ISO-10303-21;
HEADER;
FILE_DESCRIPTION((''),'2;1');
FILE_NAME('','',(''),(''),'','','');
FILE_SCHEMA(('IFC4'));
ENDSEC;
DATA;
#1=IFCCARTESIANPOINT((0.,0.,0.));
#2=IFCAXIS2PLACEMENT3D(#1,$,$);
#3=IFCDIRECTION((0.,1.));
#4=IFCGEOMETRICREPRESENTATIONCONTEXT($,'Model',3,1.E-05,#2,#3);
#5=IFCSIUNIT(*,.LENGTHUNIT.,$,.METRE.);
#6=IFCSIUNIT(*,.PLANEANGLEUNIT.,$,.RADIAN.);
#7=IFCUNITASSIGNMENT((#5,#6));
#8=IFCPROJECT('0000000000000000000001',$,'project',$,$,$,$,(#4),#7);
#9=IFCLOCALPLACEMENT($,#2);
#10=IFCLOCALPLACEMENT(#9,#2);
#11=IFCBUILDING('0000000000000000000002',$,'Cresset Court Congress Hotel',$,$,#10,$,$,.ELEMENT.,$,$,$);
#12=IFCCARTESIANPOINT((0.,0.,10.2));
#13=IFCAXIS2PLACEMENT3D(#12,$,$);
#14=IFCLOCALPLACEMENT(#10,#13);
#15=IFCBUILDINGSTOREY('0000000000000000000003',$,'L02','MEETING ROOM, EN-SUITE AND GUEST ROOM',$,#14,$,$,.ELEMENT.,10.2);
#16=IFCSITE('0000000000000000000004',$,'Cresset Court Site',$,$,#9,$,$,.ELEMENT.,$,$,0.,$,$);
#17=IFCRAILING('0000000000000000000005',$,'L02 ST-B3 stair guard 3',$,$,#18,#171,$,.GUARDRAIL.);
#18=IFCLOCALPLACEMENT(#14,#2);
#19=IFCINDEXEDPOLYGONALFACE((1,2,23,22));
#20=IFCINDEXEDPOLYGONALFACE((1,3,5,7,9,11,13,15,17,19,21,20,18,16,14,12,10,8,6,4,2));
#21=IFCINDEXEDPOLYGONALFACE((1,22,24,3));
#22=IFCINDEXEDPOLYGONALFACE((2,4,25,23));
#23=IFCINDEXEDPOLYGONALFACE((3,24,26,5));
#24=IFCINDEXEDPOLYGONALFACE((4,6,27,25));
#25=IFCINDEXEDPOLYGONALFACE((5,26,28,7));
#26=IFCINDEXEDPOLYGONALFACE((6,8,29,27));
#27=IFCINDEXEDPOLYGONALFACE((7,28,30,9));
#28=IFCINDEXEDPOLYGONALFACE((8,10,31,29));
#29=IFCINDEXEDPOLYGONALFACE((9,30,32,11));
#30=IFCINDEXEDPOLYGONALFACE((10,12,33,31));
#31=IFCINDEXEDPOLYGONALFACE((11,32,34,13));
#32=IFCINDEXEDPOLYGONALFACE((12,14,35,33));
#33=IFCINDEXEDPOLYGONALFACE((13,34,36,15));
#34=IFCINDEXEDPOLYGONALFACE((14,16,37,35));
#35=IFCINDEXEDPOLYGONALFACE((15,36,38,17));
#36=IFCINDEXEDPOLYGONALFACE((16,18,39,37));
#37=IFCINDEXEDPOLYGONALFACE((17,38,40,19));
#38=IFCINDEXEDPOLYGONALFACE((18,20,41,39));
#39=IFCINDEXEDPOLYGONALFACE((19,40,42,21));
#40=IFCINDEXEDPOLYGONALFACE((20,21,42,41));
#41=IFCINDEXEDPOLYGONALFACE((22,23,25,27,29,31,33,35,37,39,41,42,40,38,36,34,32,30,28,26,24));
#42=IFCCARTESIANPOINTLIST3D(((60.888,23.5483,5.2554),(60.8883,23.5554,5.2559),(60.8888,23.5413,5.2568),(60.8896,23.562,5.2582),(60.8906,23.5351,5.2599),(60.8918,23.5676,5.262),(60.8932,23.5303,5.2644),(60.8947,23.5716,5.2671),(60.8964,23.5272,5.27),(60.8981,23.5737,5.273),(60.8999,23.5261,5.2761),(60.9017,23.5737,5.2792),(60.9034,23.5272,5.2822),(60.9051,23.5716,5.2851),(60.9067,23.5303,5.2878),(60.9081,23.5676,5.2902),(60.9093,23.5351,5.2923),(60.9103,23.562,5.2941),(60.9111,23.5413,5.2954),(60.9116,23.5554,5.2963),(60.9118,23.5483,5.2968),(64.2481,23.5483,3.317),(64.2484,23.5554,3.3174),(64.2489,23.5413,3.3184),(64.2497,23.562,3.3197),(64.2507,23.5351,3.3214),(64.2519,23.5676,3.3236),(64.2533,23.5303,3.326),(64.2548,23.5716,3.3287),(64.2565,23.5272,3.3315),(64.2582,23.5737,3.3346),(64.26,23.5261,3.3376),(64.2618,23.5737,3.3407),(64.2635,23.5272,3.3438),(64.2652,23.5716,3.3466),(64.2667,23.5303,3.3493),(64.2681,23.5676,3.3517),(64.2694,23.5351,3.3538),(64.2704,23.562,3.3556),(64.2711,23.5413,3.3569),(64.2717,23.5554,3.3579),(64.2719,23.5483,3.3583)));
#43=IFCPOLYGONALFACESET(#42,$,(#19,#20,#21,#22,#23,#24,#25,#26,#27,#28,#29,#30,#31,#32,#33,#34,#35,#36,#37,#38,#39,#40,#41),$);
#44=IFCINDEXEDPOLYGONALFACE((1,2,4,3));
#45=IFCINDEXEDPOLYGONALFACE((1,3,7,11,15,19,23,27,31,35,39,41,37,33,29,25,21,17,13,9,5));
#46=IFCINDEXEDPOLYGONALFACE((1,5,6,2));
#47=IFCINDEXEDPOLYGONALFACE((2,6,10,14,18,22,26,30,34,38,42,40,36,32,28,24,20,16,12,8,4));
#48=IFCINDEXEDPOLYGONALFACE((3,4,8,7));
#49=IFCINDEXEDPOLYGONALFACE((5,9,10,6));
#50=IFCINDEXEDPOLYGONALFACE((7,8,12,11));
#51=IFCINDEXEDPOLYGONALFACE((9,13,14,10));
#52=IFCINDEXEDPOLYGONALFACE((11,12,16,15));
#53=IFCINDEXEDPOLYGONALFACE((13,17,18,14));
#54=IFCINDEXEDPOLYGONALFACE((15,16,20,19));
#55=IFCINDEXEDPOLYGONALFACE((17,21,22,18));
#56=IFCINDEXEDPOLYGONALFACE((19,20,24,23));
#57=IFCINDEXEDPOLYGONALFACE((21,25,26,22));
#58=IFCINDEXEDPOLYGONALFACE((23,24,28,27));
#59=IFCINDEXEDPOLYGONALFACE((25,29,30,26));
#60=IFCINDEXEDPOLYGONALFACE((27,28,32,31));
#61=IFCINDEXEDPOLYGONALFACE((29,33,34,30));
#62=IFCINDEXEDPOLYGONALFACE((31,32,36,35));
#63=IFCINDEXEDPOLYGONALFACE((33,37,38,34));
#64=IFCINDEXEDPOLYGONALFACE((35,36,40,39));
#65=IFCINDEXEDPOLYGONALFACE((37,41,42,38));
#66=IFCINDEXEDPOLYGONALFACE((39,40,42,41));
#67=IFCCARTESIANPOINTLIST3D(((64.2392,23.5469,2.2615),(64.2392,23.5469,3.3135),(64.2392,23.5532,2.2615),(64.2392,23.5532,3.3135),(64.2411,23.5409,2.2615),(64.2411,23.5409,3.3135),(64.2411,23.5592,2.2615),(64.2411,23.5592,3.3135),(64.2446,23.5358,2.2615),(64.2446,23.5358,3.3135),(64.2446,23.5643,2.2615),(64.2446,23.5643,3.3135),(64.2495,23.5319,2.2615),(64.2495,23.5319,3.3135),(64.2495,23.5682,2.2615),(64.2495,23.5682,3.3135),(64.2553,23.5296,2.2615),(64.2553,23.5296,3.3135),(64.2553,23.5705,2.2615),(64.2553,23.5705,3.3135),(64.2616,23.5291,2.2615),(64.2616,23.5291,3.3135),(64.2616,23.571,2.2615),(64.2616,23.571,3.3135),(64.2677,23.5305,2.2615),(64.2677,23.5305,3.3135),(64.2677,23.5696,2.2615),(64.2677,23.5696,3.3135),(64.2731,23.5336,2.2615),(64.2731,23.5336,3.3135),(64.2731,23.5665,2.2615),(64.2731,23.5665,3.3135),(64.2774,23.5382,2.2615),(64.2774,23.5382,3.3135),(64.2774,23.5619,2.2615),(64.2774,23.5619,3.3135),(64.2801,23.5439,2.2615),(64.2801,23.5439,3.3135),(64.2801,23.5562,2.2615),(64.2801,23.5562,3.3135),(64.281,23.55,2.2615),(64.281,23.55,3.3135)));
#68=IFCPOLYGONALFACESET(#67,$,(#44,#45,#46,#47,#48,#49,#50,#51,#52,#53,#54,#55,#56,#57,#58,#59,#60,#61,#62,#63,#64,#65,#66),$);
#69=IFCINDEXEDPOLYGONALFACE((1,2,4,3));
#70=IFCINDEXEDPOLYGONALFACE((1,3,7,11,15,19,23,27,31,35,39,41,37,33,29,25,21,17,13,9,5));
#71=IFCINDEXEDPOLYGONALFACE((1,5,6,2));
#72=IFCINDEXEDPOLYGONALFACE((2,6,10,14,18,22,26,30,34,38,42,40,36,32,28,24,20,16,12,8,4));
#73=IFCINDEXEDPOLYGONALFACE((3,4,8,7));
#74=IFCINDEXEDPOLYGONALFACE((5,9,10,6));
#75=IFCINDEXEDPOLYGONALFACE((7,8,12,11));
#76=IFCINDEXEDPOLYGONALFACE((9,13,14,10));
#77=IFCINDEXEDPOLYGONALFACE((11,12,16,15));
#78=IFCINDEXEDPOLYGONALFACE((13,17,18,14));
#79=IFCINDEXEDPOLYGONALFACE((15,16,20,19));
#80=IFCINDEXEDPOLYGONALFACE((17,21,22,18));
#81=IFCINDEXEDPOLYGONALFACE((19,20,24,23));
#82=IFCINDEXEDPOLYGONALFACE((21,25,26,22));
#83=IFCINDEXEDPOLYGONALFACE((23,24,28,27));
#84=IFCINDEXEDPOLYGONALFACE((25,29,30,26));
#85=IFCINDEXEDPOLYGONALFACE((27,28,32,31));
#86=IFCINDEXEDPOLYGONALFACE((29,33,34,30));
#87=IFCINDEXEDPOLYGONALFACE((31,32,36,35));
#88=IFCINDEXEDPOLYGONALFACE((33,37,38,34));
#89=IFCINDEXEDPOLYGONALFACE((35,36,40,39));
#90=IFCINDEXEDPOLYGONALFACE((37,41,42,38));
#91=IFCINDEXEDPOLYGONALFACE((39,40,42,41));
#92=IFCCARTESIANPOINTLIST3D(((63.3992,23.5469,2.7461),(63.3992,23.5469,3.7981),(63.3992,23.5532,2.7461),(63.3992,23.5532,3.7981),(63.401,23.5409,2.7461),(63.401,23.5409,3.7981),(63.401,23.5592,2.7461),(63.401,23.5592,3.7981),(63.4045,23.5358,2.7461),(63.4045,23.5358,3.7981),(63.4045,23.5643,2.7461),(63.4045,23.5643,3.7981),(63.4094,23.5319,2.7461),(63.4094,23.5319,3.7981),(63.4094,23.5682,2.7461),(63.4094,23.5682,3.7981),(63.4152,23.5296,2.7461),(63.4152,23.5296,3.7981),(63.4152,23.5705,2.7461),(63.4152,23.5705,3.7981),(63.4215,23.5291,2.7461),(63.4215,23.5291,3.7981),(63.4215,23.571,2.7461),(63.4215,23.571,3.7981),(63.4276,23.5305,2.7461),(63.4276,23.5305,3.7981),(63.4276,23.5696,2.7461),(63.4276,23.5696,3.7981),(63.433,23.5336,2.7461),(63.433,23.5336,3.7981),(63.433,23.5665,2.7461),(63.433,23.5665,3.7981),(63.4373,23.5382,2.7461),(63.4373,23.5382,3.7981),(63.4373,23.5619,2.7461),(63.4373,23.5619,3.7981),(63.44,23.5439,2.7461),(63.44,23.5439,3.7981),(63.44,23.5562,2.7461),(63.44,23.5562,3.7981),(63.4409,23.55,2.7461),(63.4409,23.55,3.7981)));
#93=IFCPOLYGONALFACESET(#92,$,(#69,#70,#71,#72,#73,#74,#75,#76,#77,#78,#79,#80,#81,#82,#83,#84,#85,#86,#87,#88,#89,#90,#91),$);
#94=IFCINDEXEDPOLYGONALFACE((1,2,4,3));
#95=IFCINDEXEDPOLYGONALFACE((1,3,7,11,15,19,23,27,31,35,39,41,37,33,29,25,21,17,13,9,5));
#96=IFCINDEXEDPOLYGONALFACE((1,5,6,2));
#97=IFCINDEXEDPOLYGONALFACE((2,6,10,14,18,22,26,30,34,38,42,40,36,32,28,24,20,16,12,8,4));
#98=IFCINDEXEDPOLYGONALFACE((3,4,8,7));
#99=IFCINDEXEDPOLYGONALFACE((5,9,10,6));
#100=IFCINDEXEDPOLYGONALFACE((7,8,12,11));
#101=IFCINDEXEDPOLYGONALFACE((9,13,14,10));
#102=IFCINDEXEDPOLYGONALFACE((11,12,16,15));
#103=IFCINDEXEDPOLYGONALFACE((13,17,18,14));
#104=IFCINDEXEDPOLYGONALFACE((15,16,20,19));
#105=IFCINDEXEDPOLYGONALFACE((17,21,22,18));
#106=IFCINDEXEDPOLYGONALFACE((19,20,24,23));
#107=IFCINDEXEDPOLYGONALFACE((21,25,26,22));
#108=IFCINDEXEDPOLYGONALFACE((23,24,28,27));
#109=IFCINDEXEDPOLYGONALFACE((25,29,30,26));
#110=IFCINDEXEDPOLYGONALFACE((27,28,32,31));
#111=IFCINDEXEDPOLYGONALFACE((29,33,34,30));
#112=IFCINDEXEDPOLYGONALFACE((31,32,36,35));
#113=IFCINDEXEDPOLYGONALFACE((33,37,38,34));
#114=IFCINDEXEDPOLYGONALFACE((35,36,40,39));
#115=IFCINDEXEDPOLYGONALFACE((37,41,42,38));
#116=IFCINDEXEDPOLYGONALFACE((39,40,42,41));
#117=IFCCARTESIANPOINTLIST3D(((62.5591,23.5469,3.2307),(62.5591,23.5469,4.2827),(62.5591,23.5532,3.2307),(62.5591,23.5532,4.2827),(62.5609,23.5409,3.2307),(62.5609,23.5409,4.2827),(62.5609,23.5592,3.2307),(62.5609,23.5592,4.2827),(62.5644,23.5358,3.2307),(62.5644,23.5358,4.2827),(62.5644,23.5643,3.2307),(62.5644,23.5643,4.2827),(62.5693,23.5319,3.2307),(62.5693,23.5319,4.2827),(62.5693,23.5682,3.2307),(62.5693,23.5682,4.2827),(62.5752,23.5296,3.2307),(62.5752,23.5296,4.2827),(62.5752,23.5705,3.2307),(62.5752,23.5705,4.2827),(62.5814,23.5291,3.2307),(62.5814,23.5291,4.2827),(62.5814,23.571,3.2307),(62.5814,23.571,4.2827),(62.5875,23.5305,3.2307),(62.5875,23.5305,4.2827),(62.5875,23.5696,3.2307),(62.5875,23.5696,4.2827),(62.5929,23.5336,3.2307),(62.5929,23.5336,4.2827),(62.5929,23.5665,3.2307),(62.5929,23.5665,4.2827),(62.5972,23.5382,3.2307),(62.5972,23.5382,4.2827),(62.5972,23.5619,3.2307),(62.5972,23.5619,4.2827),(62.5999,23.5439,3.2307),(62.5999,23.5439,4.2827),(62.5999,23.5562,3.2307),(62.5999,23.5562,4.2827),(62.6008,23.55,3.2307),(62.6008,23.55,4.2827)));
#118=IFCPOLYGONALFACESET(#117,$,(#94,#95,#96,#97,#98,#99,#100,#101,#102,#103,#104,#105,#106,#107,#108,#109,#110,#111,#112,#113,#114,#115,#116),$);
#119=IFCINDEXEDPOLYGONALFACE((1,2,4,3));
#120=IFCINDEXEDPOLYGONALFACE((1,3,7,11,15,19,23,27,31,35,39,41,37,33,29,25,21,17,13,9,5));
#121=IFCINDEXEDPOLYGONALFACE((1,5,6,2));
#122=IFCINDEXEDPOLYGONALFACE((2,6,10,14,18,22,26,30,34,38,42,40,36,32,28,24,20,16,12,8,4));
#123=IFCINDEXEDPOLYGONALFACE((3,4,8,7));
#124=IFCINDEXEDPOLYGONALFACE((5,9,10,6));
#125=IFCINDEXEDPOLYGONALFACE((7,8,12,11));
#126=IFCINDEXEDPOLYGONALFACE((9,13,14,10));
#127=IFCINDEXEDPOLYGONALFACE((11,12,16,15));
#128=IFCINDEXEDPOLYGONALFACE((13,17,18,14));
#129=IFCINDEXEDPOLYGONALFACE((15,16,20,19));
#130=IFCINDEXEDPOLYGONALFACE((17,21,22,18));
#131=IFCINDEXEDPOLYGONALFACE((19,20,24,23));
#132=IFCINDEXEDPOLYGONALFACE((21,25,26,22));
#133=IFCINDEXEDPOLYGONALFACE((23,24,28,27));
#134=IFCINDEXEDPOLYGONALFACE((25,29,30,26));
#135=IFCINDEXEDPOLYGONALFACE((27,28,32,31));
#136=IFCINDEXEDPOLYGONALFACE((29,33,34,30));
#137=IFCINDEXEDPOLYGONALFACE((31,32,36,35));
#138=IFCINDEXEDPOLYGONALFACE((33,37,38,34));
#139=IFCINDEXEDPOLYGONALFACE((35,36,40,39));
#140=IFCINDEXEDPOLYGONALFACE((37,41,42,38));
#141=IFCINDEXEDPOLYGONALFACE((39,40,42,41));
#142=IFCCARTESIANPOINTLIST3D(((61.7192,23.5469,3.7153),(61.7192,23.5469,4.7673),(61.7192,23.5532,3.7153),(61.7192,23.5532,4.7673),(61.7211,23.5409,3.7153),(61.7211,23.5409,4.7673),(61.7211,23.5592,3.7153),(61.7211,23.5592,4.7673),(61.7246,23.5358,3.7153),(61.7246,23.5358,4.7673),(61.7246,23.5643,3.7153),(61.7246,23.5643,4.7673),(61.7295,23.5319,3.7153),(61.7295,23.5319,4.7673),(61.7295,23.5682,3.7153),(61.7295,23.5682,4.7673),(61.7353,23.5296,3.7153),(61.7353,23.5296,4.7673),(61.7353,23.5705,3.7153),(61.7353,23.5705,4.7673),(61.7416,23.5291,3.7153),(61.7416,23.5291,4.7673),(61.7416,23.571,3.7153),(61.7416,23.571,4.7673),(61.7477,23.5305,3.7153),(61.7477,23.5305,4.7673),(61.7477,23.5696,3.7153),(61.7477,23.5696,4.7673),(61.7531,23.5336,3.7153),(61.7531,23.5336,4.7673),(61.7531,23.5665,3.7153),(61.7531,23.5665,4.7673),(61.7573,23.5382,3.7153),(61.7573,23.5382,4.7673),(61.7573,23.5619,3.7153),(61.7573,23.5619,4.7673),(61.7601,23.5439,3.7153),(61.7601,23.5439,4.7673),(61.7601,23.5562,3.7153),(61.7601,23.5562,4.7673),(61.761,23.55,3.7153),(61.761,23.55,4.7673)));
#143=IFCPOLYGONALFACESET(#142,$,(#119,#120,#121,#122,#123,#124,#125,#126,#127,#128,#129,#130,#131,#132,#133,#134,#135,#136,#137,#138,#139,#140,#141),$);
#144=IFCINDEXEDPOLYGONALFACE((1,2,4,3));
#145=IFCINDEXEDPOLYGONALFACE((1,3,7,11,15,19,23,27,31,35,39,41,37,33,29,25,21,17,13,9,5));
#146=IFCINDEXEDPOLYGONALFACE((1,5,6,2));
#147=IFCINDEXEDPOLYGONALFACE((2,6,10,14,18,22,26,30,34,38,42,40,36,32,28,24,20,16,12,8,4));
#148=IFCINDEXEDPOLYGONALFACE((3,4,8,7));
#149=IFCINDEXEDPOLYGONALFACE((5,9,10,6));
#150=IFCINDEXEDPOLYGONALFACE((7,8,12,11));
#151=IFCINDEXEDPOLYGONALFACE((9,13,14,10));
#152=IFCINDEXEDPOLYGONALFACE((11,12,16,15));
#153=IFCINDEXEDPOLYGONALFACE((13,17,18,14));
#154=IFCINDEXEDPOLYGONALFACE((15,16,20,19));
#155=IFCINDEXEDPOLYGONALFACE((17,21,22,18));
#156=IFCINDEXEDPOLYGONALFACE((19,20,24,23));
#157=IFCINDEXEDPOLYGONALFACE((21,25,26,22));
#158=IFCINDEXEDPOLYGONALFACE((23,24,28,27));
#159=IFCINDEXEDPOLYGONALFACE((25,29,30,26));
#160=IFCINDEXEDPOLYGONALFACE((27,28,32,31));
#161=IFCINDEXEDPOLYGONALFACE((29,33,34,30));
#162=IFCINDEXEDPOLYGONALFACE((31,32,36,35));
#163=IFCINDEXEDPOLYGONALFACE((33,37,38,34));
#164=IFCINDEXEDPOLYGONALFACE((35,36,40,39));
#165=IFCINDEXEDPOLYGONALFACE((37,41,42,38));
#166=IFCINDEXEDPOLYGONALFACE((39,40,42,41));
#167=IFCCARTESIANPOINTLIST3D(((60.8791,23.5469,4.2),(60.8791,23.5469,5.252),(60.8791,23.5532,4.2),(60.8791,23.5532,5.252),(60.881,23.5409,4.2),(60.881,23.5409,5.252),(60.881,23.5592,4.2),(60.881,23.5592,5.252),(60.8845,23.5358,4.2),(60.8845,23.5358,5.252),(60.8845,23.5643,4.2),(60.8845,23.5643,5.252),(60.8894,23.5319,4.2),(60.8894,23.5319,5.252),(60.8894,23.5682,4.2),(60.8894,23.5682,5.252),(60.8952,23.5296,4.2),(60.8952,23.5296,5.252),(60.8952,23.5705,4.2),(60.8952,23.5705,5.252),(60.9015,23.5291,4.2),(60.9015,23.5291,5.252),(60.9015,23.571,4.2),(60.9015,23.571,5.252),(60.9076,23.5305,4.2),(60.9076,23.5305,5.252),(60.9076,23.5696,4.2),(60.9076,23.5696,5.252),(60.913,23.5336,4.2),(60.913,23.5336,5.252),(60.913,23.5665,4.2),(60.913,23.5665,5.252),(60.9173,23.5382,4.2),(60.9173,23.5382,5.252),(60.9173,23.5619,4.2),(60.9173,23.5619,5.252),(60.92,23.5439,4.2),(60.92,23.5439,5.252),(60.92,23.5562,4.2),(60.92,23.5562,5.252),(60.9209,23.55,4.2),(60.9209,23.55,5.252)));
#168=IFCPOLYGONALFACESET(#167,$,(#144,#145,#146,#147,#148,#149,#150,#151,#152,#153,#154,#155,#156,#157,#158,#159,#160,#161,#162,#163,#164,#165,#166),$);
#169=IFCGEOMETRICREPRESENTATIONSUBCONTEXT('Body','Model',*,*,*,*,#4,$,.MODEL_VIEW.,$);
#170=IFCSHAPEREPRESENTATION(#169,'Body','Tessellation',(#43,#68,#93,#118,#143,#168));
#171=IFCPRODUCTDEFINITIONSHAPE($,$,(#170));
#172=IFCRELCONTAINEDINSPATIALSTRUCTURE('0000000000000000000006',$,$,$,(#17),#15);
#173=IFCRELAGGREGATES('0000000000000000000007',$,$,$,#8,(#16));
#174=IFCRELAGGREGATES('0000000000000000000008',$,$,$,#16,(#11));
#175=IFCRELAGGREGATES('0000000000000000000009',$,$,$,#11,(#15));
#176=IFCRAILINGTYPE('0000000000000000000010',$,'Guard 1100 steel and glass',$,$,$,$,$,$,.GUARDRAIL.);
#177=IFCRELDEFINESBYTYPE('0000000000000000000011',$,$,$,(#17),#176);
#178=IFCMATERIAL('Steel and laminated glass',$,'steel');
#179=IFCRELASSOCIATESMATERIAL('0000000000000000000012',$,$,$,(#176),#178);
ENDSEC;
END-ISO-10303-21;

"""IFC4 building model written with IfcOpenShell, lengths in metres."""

from ifc_helpers import new_model, si_unit, direction, frame, origin, origin_2d, place, context, subcontext, project, spatial, circle, extrude, material, type_object, element, save


model = new_model("IFC4")

# Units and contexts
model_context = context("Model", 3, precision=1e-05, world=origin(), true_north=direction((0.0, 1.0)))
body_context = subcontext(model_context, "Body", "Model", "MODEL_VIEW")
ifc_project = project(units=[si_unit("LENGTHUNIT", "METRE"), si_unit("PLANEANGLEUNIT", "RADIAN")], contexts=[model_context])

# Site, building, storey
site_placement = place(None, origin())
site = spatial("IfcSite", under=ifc_project, at=site_placement, Name="Cresset Court Site", CompositionType="ELEMENT", RefElevation=0.0)
building_placement = place(site_placement, origin())
building = spatial("IfcBuilding", under=site, at=building_placement, Name="Cresset Court Congress Hotel", CompositionType="ELEMENT")
storey_placement = place(building_placement, frame((0.0, 0.0, 10.2)))
storey = spatial("IfcBuildingStorey", under=building, at=storey_placement, Name="L02", Description="MEETING ROOM, EN-SUITE AND GUEST ROOM", CompositionType="ELEMENT", Elevation=10.2)

# Railing
ifc_material_1 = material(Name="Steel and laminated glass", Category="steel")
railing_type_1 = type_object("IfcRailingType", Name="Guard 1100 steel and glass", PredefinedType="GUARDRAIL", material=ifc_material_1)
railing_1_placement = place(storey_placement, frame((64.26, 23.55, 2.2615)))
element("IfcRailing", 1, at=railing_1_placement, inside=storey, type_object=railing_type_1, Name="L02 ST-B3 stair guard 3", PredefinedType="GUARDRAIL", context=body_context, shape_type="SweptSolid", body=[
    extrude(circle(Radius=0.0239, at=origin_2d()), frame((0.0, 0.0, 1.0762), z_axis=(-0.866191, 0.0, 0.499713), x_axis=(0.0, -1.0, 0.0)), (0.0, 0.0, 1.0), 3.8792),
    extrude(circle(Radius=0.021, at=origin_2d()), origin(), (0.0, 0.0, 1.0), 1.052),
    extrude(circle(Radius=0.021, at=origin_2d()), frame((-0.8401, 0.0, 0.4846)), (0.0, 0.0, 1.0), 1.052),
    extrude(circle(Radius=0.021, at=origin_2d()), frame((-1.6802, 0.0, 0.9692)), (0.0, 0.0, 1.0), 1.052),
    extrude(circle(Radius=0.021, at=origin_2d()), frame((-2.52, 0.0, 1.4539)), (0.0, 0.0, 1.0), 1.052),
    extrude(circle(Radius=0.021, at=origin_2d()), frame((-3.3601, 0.0, 1.9385)), (0.0, 0.0, 1.0), 1.052),
])

save(model, "model.ifc")
